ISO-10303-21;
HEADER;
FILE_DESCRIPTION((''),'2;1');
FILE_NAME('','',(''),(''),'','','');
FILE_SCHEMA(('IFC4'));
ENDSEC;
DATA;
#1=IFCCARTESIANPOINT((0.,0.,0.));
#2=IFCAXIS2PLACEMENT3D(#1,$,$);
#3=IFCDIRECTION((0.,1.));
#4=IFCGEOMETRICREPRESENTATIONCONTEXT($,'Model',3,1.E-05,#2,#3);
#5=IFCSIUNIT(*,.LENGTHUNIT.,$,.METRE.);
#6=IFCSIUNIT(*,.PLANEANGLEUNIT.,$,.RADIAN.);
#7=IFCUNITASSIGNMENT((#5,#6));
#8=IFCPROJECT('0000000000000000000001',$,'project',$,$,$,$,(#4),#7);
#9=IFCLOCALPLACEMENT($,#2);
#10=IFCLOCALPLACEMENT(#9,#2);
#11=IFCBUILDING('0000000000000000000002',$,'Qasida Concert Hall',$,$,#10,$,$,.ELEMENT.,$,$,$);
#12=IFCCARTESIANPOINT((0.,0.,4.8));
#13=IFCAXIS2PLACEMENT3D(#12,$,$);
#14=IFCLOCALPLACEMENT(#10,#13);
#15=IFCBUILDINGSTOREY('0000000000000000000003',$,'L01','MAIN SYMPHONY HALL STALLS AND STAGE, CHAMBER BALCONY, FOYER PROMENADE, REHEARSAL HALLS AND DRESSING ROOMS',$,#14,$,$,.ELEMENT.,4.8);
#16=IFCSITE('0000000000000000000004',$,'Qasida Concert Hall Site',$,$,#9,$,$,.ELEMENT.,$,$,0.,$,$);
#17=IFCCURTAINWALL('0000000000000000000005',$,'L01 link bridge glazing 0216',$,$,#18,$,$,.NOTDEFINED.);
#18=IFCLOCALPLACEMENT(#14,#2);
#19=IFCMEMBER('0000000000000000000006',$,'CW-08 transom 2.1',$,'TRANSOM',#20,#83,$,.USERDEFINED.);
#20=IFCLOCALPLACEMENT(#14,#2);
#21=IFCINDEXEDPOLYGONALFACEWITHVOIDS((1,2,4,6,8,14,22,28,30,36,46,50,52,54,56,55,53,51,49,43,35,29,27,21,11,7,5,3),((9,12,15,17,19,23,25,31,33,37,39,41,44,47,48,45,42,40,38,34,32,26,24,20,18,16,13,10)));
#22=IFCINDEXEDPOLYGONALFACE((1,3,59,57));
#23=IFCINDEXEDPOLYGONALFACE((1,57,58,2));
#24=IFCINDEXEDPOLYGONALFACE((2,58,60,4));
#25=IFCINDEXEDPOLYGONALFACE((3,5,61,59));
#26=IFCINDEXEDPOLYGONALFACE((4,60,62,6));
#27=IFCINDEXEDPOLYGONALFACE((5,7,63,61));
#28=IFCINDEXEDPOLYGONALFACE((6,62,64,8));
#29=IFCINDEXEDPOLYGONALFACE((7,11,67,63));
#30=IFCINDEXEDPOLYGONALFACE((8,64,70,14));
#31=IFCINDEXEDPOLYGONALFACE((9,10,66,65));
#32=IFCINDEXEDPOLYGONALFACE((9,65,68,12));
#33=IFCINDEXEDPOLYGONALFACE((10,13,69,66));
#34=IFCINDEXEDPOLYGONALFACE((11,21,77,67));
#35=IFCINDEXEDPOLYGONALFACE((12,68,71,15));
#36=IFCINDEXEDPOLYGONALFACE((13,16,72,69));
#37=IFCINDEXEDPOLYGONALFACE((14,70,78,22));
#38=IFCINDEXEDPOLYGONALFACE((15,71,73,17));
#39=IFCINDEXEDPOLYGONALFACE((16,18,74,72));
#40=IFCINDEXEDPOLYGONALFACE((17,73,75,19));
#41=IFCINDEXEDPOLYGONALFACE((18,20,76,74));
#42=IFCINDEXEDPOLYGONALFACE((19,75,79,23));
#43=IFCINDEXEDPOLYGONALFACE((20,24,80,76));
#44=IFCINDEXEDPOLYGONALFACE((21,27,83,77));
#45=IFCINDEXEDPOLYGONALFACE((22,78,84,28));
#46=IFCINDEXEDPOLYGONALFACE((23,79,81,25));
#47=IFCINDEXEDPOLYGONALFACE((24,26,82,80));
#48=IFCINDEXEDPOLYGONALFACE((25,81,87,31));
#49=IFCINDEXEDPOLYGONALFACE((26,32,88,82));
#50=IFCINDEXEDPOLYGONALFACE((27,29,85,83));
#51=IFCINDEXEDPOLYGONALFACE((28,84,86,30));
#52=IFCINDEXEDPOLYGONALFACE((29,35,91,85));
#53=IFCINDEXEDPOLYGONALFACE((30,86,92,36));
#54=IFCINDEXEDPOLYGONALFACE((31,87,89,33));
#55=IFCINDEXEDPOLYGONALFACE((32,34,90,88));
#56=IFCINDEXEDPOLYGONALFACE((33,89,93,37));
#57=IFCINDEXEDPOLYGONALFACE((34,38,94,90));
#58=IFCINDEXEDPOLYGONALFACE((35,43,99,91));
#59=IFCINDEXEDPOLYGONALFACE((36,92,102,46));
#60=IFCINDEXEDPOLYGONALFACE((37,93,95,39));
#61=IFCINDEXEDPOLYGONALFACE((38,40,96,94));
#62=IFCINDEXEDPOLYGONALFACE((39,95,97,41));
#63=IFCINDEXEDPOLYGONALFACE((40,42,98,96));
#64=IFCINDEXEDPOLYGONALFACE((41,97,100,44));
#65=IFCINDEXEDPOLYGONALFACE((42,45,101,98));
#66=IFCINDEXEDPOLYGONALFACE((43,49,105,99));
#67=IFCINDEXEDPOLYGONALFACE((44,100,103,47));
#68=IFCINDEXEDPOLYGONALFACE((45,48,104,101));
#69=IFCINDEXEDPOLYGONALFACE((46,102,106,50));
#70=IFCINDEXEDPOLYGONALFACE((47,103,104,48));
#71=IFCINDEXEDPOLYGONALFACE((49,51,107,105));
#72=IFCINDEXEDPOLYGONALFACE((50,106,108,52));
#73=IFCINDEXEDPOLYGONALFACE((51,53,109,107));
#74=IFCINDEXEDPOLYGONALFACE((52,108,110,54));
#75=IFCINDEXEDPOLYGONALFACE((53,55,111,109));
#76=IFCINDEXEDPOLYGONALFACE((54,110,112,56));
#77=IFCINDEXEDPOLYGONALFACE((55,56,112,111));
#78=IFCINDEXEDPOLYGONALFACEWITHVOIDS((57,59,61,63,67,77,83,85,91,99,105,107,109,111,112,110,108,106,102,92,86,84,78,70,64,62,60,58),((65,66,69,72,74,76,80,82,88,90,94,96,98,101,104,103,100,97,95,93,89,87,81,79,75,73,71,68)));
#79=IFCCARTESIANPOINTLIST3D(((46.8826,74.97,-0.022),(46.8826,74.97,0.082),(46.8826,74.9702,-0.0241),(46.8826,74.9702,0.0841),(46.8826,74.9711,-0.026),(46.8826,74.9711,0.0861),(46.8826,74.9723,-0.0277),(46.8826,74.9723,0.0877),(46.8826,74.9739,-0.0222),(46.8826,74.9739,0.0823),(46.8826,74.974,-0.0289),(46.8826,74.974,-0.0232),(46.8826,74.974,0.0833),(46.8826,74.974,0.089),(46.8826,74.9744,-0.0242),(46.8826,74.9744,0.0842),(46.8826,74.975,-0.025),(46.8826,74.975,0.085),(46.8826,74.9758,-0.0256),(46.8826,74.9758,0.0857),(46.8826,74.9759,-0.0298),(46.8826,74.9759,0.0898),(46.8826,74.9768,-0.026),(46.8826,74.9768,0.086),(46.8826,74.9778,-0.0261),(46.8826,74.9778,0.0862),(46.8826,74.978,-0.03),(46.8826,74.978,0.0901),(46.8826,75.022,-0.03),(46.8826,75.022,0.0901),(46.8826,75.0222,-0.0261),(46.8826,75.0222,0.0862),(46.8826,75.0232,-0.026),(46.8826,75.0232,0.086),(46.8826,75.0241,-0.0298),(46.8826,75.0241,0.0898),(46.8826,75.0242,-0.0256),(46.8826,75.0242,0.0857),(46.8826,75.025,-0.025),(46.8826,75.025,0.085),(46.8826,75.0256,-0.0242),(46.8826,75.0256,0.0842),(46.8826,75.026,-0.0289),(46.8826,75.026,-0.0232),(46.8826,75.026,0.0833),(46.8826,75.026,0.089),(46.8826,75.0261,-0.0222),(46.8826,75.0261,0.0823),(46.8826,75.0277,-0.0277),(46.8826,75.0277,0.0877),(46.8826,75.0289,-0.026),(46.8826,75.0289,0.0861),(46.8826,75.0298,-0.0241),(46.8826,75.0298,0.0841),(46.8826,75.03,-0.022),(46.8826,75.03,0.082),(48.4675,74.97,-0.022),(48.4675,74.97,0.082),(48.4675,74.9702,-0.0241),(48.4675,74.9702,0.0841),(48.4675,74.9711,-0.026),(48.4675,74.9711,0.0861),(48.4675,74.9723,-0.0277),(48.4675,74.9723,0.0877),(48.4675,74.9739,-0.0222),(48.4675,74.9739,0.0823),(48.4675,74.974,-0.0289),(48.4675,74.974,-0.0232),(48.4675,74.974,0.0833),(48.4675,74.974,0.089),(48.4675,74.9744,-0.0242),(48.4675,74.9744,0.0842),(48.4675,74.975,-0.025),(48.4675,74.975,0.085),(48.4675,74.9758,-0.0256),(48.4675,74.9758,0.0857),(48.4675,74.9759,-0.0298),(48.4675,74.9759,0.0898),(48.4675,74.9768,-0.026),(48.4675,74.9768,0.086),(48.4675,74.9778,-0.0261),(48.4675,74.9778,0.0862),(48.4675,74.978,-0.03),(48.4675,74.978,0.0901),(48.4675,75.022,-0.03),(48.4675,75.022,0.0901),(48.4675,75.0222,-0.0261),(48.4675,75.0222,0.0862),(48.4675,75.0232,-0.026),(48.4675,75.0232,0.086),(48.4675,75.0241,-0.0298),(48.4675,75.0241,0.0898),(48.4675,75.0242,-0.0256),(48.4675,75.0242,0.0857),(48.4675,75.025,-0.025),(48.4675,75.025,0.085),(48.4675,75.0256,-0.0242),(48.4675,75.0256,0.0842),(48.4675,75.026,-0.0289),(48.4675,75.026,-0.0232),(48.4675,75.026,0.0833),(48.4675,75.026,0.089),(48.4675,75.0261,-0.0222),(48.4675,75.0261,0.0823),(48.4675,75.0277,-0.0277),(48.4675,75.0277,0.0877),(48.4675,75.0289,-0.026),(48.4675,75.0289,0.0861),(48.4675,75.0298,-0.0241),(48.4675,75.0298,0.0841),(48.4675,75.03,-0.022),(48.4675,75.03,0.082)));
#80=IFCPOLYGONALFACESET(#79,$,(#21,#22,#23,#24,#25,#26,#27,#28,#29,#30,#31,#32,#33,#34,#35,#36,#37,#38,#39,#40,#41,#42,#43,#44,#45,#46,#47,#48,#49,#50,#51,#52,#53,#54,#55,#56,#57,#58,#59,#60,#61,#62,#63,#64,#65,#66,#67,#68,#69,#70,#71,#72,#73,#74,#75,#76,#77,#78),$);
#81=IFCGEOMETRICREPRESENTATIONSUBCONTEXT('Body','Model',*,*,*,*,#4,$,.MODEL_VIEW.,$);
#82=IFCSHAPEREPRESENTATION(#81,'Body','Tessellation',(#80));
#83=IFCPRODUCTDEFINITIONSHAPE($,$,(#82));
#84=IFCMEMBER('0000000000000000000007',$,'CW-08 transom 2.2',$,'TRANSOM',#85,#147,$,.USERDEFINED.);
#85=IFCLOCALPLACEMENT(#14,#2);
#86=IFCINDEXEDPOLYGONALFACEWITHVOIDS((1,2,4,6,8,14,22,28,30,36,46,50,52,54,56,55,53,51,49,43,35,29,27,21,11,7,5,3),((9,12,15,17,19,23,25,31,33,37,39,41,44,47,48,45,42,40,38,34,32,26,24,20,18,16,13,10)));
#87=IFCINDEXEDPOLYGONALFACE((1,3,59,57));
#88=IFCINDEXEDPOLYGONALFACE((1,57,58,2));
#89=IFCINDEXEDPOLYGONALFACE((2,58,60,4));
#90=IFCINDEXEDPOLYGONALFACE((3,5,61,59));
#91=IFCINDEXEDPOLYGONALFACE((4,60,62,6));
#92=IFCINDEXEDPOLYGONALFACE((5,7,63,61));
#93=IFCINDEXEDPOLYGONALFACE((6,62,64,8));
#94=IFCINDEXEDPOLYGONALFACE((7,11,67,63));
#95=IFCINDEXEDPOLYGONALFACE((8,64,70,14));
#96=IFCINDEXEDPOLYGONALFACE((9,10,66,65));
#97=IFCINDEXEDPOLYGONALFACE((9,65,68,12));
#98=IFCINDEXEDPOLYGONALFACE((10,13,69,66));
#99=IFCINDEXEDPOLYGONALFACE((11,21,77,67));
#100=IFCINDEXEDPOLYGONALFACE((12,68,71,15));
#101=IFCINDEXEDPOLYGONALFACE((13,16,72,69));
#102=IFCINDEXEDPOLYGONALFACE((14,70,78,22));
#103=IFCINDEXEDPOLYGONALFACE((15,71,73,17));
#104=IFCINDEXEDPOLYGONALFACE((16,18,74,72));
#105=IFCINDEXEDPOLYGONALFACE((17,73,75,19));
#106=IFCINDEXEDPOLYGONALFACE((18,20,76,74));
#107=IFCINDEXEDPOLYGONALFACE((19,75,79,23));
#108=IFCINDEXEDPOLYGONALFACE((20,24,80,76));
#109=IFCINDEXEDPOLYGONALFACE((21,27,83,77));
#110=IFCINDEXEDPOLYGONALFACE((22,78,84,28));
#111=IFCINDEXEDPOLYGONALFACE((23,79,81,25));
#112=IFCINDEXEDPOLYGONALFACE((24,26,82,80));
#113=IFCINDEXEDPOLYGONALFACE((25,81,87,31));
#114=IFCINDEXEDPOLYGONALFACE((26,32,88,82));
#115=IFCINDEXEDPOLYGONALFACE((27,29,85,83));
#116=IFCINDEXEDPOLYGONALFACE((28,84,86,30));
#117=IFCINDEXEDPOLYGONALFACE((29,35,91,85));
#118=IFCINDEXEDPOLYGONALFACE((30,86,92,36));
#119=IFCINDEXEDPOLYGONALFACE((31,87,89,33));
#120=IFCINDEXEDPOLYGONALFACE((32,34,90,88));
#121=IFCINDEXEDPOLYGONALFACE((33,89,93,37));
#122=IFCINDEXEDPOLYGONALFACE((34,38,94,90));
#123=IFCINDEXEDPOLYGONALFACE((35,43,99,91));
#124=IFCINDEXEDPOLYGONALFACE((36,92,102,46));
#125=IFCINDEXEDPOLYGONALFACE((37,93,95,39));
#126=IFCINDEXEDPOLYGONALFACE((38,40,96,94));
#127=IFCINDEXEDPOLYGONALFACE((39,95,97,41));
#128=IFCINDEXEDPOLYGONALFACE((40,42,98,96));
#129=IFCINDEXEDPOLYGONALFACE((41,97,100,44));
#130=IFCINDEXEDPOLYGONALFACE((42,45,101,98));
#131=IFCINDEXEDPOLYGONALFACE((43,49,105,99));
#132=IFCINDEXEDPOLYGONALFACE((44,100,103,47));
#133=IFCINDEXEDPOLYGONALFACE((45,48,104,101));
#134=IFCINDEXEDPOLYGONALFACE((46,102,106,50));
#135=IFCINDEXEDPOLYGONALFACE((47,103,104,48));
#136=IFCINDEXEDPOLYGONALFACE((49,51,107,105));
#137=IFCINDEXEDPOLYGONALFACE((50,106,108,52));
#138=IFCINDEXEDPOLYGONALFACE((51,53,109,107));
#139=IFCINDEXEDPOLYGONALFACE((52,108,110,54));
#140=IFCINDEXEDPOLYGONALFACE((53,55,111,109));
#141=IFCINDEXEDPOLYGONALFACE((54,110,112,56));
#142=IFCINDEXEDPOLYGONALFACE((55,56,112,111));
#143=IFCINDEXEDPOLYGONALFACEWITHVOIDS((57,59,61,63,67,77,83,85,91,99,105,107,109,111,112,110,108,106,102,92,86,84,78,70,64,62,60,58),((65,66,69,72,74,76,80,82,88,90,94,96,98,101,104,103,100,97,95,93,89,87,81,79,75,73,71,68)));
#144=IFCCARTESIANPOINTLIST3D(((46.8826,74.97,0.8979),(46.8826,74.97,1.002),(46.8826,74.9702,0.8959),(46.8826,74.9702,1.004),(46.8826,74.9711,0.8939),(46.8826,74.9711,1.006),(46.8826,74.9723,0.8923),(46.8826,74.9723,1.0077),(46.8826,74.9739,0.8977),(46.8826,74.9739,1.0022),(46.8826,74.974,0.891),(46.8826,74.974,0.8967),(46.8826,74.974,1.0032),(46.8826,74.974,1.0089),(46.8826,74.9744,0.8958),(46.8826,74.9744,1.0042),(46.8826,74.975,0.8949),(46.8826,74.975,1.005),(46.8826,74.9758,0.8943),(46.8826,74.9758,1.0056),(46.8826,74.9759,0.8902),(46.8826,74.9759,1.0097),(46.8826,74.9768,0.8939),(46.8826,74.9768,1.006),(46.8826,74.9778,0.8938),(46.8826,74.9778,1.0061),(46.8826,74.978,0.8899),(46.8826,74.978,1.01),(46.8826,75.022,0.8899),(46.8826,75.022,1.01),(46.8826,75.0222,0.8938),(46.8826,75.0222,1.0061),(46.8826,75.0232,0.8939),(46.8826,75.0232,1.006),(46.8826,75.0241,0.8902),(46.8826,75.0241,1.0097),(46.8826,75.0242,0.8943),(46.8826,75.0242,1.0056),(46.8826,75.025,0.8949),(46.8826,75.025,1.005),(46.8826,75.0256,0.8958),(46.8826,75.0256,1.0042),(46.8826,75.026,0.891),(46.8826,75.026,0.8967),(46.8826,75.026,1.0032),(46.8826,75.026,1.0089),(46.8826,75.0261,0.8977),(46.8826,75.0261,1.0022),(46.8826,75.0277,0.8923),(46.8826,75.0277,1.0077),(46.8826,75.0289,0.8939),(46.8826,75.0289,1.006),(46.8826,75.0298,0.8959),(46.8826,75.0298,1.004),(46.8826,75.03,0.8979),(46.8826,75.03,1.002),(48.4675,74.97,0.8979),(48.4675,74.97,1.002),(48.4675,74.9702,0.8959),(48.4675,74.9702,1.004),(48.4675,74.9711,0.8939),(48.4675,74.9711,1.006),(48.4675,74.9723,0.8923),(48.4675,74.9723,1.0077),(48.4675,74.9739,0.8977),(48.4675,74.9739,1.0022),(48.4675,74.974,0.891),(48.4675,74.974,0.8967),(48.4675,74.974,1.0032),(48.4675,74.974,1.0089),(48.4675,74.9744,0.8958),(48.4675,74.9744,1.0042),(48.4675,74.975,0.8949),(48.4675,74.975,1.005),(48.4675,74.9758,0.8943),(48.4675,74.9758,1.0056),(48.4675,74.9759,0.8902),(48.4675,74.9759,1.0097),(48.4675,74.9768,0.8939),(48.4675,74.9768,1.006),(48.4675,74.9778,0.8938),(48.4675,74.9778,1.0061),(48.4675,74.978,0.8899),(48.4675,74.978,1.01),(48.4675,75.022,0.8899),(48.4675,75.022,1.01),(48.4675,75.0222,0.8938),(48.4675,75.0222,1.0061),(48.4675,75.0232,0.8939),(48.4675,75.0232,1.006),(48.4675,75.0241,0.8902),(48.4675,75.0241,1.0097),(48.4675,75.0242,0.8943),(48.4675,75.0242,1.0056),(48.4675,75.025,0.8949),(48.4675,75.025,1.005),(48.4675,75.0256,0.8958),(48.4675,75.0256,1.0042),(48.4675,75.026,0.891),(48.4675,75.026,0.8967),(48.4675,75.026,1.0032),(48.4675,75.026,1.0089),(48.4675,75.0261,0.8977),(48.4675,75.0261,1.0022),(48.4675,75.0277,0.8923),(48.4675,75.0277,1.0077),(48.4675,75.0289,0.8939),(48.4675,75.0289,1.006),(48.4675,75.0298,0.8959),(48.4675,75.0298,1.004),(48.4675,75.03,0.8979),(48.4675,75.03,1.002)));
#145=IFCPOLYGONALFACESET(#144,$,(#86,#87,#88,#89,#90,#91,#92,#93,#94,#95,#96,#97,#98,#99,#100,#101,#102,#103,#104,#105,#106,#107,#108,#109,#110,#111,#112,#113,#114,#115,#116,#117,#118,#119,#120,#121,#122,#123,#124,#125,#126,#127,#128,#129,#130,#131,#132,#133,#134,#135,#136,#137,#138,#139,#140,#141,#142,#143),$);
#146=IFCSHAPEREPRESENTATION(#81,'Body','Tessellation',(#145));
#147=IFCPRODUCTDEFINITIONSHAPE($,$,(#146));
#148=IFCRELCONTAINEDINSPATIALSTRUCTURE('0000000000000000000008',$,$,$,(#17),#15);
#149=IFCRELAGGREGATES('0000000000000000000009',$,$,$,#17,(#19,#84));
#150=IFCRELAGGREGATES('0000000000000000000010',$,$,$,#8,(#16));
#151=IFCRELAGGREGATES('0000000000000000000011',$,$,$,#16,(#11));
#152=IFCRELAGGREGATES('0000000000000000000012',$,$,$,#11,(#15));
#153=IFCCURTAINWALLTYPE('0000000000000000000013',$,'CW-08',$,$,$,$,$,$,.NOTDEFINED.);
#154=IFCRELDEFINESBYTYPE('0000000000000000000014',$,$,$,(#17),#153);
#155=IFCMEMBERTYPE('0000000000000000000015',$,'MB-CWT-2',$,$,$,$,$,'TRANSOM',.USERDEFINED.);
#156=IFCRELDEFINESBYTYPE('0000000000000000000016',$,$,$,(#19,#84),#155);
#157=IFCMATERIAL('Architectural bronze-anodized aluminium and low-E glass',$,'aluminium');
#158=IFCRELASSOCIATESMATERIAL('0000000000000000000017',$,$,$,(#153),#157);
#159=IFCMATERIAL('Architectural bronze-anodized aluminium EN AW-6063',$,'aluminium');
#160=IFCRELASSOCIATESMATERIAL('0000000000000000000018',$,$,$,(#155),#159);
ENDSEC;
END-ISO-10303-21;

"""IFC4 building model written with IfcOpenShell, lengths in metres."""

from ifc_helpers import new_model, si_unit, direction, frame, origin, origin_2d, place, context, subcontext, project, spatial, hollow_rectangle, extrude, material, material_profile, profile_set, type_object, element, aggregate, save


model = new_model("IFC4")

# Units and contexts
model_context = context("Model", 3, precision=1e-05, world=origin(), true_north=direction((0.0, 1.0)))
body_context = subcontext(model_context, "Body", "Model", "MODEL_VIEW")
ifc_project = project(units=[si_unit("LENGTHUNIT", "METRE"), si_unit("PLANEANGLEUNIT", "RADIAN")], contexts=[model_context])

# Site, building, storey
site_placement = place(None, origin())
site = spatial("IfcSite", under=ifc_project, at=site_placement, Name="Qasida Concert Hall Site", CompositionType="ELEMENT", RefElevation=0.0)
building_placement = place(site_placement, origin())
building = spatial("IfcBuilding", under=site, at=building_placement, Name="Qasida Concert Hall", CompositionType="ELEMENT")
storey_placement = place(building_placement, frame((0.0, 0.0, 4.8)))
storey = spatial("IfcBuildingStorey", under=building, at=storey_placement, Name="L01", Description="MAIN SYMPHONY HALL STALLS AND STAGE, CHAMBER BALCONY, FOYER PROMENADE, REHEARSAL HALLS AND DRESSING ROOMS", CompositionType="ELEMENT", Elevation=4.8)

# Shared definitions
ifc_material_1 = material(Name="Architectural bronze-anodized aluminium and low-E glass", Category="aluminium")
curtain_wall_type = type_object("IfcCurtainWallType", Name="CW-08", PredefinedType="NOTDEFINED", material=ifc_material_1)
ifc_material_2 = material(Name="Architectural bronze-anodized aluminium EN AW-6063", Category="aluminium")

# Curtain wall
curtain_wall_1_placement = place(storey_placement, origin())
curtain_wall_1 = element("IfcCurtainWall", 1, at=curtain_wall_1_placement, inside=storey, type_object=curtain_wall_type, Name="L01 link bridge glazing 0216", PredefinedType="NOTDEFINED")

# Members
ifc_material_profile_1 = material_profile(ifc_material_2, hollow_rectangle(XDim=0.0601, YDim=0.1201, WallThickness=0.0039, InnerFilletRadius=0.0039, OuterFilletRadius=0.0081, at=origin_2d()), Name="CWT 120x60x4")
ifc_profile_set_1 = profile_set([ifc_material_profile_1], Name="Architectural bronze-anodized aluminium EN AW-6063")
member_type_1 = type_object("IfcMemberType", Name="MB-CWT-2", ElementType="TRANSOM", PredefinedType="USERDEFINED", material=ifc_profile_set_1)
member_1_placement = place(storey_placement, frame((46.8826, 75.0, 0.03), z_axis=(1.0, 0.0, 0.0), x_axis=(0.0, 1.0, 0.0)))
member_1 = element("IfcMember", 2, at=member_1_placement, type_object=member_type_1, Name="CW-08 transom 2.1", ObjectType="TRANSOM", PredefinedType="USERDEFINED", context=body_context, shape_type="SweptSolid", body=[
    extrude(hollow_rectangle(XDim=0.0601, YDim=0.1201, WallThickness=0.0039, InnerFilletRadius=0.0039, OuterFilletRadius=0.0081, at=origin_2d()), origin(), (0.0, 0.0, 1.0), 1.585),
])
member_2_placement = place(storey_placement, frame((46.8826, 75.0, 0.95), z_axis=(1.0, 0.0, 0.0), x_axis=(0.0, 1.0, 0.0)))
member_2 = element("IfcMember", 3, at=member_2_placement, type_object=member_type_1, Name="CW-08 transom 2.2", ObjectType="TRANSOM", PredefinedType="USERDEFINED", context=body_context, shape_type="SweptSolid", body=[
    extrude(hollow_rectangle(XDim=0.0601, YDim=0.1201, WallThickness=0.0039, InnerFilletRadius=0.0039, OuterFilletRadius=0.0081, at=origin_2d()), origin(), (0.0, 0.0, 1.0), 1.585),
])

aggregate(curtain_wall_1, [member_1, member_2])

save(model, "model.ifc")
